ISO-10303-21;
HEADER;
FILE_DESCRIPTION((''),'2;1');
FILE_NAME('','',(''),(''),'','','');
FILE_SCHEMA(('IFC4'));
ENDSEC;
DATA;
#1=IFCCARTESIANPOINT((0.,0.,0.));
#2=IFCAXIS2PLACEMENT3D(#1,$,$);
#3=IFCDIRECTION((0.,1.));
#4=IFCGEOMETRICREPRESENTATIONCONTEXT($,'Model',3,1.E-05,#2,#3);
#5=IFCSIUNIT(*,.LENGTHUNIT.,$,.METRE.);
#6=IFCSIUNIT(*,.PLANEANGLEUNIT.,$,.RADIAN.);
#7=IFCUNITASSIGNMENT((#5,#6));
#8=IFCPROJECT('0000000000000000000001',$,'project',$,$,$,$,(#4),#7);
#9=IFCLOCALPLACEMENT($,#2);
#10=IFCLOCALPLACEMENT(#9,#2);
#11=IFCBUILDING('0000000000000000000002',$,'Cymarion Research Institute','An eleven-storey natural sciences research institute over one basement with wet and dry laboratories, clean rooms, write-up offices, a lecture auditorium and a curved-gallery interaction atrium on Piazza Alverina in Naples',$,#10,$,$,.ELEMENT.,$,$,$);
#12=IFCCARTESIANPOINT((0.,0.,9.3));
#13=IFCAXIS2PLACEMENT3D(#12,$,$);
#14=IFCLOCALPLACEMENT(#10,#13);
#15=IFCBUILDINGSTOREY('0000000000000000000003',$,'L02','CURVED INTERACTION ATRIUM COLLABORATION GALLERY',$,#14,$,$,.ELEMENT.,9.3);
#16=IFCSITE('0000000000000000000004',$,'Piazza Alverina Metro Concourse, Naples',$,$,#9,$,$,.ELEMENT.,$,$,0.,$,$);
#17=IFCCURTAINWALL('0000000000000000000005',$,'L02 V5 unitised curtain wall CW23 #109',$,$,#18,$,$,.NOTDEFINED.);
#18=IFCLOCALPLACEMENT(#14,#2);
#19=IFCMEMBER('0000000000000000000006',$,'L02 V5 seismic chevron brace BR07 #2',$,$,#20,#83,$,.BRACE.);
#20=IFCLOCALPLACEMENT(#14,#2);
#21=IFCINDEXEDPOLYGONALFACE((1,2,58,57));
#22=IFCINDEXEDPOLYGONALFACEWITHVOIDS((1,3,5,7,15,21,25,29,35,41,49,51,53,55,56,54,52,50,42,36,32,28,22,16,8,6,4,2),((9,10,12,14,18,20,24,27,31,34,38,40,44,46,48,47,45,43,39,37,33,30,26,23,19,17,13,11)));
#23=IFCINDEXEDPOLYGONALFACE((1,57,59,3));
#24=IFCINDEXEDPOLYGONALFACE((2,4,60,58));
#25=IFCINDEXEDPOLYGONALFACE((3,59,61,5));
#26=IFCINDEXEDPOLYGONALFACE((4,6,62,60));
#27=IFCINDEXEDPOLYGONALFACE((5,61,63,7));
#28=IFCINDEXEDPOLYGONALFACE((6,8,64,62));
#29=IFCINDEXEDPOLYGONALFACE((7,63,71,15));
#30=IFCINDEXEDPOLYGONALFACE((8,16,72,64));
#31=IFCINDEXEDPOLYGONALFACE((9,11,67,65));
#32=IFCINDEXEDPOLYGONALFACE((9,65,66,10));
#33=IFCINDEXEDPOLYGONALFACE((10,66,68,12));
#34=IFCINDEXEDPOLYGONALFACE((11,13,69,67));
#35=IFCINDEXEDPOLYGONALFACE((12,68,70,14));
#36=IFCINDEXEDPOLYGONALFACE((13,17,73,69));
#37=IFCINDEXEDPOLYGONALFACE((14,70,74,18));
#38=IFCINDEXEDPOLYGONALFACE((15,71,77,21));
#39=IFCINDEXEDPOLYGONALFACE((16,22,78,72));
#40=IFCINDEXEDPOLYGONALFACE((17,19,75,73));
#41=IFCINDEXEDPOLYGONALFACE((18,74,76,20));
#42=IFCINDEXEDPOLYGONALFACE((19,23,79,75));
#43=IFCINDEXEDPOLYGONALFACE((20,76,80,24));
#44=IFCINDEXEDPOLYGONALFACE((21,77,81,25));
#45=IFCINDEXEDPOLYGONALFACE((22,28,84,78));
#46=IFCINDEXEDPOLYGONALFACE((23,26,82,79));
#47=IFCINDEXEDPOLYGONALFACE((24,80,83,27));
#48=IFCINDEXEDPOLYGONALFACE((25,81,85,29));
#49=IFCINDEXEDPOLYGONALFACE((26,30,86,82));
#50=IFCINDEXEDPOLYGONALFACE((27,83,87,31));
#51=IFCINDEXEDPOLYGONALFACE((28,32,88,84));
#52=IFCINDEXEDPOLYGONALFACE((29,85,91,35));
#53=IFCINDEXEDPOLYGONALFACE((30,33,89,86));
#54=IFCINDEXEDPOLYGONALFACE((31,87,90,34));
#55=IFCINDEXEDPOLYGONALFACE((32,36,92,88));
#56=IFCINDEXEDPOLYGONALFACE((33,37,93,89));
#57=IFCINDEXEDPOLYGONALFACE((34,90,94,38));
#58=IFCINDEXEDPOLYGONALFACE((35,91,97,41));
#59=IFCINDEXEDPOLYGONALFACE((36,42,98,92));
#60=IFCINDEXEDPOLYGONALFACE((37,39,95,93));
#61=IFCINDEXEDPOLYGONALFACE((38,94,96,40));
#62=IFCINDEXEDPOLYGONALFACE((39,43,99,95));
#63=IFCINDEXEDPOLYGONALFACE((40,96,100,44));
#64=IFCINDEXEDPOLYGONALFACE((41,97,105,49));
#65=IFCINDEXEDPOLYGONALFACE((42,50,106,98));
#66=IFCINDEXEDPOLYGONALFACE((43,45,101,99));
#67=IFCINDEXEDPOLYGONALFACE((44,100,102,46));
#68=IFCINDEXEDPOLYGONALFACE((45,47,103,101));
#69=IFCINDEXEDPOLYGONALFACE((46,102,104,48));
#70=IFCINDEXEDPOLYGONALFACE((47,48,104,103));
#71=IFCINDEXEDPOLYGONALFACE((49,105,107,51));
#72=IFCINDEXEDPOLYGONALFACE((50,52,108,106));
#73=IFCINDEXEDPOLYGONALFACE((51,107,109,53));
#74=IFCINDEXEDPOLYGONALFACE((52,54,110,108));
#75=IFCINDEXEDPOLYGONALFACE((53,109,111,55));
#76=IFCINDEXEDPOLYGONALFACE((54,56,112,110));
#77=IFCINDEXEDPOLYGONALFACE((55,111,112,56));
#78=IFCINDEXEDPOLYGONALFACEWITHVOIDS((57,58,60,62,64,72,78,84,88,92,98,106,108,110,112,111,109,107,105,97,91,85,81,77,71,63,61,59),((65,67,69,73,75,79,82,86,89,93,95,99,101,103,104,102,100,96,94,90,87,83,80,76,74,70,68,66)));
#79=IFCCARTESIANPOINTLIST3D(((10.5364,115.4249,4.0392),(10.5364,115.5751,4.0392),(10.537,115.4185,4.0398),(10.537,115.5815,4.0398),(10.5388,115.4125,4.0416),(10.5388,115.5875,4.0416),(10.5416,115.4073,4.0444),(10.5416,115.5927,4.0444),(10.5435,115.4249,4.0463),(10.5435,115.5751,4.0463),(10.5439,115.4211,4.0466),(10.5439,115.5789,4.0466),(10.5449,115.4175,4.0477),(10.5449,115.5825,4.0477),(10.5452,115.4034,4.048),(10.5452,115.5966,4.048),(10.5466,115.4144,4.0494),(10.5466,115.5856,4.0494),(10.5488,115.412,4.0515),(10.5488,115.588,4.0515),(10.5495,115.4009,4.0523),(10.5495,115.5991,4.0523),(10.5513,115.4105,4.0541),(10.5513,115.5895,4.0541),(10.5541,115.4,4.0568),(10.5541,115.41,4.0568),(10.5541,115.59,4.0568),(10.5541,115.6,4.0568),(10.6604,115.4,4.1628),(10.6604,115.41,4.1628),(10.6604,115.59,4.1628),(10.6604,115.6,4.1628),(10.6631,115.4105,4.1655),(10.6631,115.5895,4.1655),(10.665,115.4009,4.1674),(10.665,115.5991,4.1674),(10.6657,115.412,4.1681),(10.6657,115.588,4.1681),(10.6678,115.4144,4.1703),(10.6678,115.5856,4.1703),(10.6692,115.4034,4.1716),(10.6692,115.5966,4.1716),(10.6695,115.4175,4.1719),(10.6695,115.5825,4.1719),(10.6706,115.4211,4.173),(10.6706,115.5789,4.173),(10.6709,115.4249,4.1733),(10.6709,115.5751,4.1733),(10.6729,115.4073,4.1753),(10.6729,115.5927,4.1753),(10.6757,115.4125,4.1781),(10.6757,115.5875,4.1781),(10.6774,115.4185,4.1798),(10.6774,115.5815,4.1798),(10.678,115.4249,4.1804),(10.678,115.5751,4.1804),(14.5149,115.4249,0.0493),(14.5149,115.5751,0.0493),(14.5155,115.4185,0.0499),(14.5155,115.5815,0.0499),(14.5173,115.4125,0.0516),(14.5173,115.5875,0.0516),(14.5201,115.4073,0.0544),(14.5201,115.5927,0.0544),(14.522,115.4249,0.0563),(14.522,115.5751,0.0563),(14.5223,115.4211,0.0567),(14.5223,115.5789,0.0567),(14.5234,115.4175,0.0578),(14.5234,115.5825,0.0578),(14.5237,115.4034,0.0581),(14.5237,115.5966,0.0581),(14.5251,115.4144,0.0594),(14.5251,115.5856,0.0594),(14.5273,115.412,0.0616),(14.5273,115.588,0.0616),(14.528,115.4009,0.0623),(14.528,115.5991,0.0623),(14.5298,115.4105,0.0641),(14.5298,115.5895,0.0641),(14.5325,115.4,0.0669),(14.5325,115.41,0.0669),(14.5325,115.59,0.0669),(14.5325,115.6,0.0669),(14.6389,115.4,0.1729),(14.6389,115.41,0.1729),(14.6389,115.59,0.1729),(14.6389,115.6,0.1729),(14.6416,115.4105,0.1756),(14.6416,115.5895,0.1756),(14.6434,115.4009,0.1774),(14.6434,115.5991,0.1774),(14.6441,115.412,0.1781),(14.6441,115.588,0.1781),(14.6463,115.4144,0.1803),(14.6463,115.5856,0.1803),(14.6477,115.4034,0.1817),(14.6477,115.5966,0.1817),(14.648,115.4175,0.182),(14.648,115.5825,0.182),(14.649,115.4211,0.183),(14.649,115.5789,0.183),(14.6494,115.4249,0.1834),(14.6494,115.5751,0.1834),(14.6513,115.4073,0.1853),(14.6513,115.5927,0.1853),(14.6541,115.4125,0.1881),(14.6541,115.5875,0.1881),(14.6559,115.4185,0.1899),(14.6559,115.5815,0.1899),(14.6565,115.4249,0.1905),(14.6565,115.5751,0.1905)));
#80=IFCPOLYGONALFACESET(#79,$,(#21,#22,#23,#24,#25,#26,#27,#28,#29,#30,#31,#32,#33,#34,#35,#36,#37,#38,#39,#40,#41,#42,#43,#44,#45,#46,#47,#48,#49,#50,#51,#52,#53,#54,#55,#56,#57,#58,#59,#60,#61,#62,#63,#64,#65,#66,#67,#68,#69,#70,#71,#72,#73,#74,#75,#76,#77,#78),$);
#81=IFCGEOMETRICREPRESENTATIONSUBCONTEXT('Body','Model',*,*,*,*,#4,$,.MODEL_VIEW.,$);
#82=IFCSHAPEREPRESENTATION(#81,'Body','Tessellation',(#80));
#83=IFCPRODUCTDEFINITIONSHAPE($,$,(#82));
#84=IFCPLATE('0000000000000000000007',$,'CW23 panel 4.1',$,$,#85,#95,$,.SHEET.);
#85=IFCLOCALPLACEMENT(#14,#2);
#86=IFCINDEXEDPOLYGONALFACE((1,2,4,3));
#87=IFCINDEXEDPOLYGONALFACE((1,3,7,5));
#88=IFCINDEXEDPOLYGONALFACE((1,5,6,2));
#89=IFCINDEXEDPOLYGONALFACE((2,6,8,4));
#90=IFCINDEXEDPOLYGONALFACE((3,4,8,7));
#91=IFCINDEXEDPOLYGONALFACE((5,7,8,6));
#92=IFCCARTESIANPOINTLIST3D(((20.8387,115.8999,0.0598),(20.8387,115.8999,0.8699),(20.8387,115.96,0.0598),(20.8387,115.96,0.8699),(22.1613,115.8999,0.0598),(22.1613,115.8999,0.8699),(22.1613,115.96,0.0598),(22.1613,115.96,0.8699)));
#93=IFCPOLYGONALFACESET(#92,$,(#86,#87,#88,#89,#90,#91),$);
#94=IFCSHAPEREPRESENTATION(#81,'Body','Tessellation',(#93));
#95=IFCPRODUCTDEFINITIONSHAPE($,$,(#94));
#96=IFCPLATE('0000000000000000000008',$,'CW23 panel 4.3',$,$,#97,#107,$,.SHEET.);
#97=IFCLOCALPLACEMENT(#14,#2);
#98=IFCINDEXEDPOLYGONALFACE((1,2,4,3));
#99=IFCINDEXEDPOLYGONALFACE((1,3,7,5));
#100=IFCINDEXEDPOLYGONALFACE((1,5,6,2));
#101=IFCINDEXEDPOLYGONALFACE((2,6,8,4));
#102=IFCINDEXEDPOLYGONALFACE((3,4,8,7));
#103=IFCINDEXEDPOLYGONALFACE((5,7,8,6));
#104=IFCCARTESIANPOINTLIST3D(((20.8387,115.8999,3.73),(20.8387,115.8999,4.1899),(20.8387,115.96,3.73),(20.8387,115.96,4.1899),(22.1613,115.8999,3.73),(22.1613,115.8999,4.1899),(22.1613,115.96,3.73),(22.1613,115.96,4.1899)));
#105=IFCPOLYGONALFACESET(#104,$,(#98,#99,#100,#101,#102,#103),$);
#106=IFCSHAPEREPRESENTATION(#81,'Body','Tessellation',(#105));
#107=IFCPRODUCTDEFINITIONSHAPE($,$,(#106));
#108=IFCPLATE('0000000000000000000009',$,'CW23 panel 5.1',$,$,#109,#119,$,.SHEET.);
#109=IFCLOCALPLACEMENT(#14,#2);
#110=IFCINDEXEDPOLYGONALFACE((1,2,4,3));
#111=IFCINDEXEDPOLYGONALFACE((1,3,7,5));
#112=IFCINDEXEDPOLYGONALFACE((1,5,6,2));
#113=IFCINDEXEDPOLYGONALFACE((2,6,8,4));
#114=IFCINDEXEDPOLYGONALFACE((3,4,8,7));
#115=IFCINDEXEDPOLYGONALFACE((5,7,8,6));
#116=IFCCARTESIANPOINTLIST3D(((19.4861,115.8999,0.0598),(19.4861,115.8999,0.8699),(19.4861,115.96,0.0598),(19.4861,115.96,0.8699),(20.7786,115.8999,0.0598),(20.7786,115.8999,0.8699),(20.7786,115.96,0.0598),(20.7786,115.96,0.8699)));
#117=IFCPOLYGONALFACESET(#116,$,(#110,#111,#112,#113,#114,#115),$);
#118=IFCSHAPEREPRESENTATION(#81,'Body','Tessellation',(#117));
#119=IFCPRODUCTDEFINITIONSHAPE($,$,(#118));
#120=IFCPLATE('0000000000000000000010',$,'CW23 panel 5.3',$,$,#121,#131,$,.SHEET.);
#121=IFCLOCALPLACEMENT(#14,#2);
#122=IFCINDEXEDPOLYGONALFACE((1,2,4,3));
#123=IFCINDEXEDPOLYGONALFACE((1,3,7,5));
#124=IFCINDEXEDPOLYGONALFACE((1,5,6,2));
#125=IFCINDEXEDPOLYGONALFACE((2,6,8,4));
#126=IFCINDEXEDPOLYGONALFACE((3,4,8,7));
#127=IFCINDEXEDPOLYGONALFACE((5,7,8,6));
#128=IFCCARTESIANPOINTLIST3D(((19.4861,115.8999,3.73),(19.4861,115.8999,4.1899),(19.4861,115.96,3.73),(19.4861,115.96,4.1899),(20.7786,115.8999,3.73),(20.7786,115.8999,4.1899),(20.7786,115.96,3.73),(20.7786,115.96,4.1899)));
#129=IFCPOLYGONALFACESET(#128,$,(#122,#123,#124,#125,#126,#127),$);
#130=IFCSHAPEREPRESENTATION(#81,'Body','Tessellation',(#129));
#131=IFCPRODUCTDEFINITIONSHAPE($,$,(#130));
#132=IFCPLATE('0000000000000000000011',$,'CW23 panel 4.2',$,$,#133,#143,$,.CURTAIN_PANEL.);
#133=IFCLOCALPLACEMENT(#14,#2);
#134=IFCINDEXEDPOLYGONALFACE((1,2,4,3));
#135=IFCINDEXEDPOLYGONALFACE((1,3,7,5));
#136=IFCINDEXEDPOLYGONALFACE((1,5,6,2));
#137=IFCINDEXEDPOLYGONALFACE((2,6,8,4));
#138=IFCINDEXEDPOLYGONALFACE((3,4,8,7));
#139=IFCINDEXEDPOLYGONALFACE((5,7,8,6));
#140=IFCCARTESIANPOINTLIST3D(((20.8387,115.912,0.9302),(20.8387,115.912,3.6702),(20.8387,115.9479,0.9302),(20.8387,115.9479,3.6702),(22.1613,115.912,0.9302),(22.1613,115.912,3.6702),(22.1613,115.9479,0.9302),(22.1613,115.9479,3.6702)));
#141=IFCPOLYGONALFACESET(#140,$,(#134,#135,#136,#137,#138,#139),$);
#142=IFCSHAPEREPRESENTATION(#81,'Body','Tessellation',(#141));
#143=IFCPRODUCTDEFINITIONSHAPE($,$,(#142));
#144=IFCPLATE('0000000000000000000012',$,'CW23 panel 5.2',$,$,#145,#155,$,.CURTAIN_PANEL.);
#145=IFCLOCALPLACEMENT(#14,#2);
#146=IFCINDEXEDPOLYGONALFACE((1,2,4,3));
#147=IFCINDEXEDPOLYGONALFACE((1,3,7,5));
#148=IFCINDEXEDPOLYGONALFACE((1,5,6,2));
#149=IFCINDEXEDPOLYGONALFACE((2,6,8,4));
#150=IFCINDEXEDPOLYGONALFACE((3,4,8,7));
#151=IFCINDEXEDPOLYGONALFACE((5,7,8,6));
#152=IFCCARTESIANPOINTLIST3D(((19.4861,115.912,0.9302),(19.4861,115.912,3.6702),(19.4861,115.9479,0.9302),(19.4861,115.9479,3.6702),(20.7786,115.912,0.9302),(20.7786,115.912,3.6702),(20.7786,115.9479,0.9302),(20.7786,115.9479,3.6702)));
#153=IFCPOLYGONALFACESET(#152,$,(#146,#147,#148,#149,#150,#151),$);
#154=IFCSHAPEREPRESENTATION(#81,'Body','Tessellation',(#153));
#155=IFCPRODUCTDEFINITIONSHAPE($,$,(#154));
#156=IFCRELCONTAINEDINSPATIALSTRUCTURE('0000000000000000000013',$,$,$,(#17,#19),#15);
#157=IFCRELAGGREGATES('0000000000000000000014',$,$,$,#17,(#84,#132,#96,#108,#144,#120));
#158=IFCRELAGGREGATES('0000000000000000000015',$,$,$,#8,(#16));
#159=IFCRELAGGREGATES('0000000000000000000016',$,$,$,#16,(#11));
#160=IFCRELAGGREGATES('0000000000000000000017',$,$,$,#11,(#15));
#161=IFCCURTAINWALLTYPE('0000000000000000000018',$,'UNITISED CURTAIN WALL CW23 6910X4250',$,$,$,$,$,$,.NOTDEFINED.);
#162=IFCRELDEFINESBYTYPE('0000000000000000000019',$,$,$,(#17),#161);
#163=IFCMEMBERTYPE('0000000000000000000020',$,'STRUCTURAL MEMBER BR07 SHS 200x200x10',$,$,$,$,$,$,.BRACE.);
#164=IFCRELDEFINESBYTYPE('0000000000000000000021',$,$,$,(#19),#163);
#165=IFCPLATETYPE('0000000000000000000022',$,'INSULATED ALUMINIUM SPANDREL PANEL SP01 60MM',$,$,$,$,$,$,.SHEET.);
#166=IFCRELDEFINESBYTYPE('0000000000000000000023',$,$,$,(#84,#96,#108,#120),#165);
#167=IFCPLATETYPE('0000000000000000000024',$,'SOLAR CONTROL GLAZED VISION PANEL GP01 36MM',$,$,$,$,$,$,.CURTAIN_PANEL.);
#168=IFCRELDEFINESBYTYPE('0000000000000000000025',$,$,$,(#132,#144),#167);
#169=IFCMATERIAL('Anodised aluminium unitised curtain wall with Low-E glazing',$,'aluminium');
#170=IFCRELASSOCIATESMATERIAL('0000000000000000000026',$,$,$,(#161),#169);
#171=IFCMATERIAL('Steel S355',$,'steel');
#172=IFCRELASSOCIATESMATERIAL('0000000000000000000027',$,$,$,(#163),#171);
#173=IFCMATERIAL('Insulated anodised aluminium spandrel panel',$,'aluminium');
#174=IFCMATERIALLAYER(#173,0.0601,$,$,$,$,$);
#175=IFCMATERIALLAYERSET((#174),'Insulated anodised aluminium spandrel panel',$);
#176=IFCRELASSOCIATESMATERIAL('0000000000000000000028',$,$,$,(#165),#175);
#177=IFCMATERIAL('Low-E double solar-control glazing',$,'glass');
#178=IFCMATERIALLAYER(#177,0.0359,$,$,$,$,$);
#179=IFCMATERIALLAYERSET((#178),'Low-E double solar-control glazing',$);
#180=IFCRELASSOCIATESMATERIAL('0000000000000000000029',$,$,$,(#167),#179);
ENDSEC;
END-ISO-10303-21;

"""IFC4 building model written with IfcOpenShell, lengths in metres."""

from ifc_helpers import new_model, si_unit, direction, frame, origin, origin_2d, place, context, subcontext, project, spatial, rectangle, hollow_rectangle, extrude, material, layer, layer_set, material_profile, profile_set, type_object, element, aggregate, save


model = new_model("IFC4")

# Units and contexts
model_context = context("Model", 3, precision=1e-05, world=origin(), true_north=direction((0.0, 1.0)))
body_context = subcontext(model_context, "Body", "Model", "MODEL_VIEW")
ifc_project = project(units=[si_unit("LENGTHUNIT", "METRE"), si_unit("PLANEANGLEUNIT", "RADIAN")], contexts=[model_context])

# Site, building, storey
site_placement = place(None, origin())
site = spatial("IfcSite", under=ifc_project, at=site_placement, Name="Piazza Alverina Metro Concourse, Naples", CompositionType="ELEMENT", RefElevation=0.0)
building_placement = place(site_placement, origin())
building = spatial("IfcBuilding", under=site, at=building_placement, Name="Cymarion Research Institute", Description="An eleven-storey natural sciences research institute over one basement with wet and dry laboratories, clean rooms, write-up offices, a lecture auditorium and a curved-gallery interaction atrium on Piazza Alverina in Naples", CompositionType="ELEMENT")
storey_placement = place(building_placement, frame((0.0, 0.0, 9.3)))
storey = spatial("IfcBuildingStorey", under=building, at=storey_placement, Name="L02", Description="CURVED INTERACTION ATRIUM COLLABORATION GALLERY", CompositionType="ELEMENT", Elevation=9.3)

# Shared definitions
ifc_material_1 = material(Name="Steel S355", Category="steel")

# Curtain wall
ifc_material_2 = material(Name="Anodised aluminium unitised curtain wall with Low-E glazing", Category="aluminium")
curtain_wall_type = type_object("IfcCurtainWallType", Name="UNITISED CURTAIN WALL CW23 6910X4250", PredefinedType="NOTDEFINED", material=ifc_material_2)
curtain_wall_placement = place(storey_placement, origin())
curtain_wall = element("IfcCurtainWall", 1, at=curtain_wall_placement, inside=storey, type_object=curtain_wall_type, Name="L02 V5 unitised curtain wall CW23 #109", PredefinedType="NOTDEFINED")

# Member
ifc_material_profile_1 = material_profile(ifc_material_1, hollow_rectangle(XDim=0.2, YDim=0.2, WallThickness=0.01, InnerFilletRadius=0.0149, OuterFilletRadius=0.0249, at=origin_2d()), Name="SHS 200x200x10")
ifc_profile_set_1 = profile_set([ifc_material_profile_1], Name="Steel S355")
member_type_1 = type_object("IfcMemberType", Name="STRUCTURAL MEMBER BR07 SHS 200x200x10", PredefinedType="BRACE", material=ifc_profile_set_1)
member_1_placement = place(storey_placement, frame((14.5857, 115.5, 0.1199), z_axis=(-0.706088, 0.0, 0.708124), x_axis=(0.0, -1.0, 0.0)))
element("IfcMember", 2, at=member_1_placement, inside=storey, type_object=member_type_1, Name="L02 V5 seismic chevron brace BR07 #2", PredefinedType="BRACE", context=body_context, shape_type="SweptSolid", body=[
    extrude(hollow_rectangle(XDim=0.2, YDim=0.2, WallThickness=0.01, InnerFilletRadius=0.0149, OuterFilletRadius=0.0249, at=origin_2d()), origin(), (0.0, 0.0, 1.0), 5.6345),
])

# Plates
ifc_material_3 = material(Name="Insulated anodised aluminium spandrel panel", Category="aluminium")
ifc_layer_1 = layer(ifc_material_3, 0.0601)
ifc_layer_set_1 = layer_set([ifc_layer_1], Name="Insulated anodised aluminium spandrel panel")
plate_type_1 = type_object("IfcPlateType", Name="INSULATED ALUMINIUM SPANDREL PANEL SP01 60MM", PredefinedType="SHEET", material=ifc_layer_set_1)
plate_1_placement = place(storey_placement, frame((21.5, 115.9299, 0.0598), z_axis=(0.0, 0.0, 1.0), x_axis=(-1.0, 0.0, 0.0)))
plate_1 = element("IfcPlate", 3, at=plate_1_placement, type_object=plate_type_1, Name="CW23 panel 4.1", PredefinedType="SHEET", context=body_context, shape_type="SweptSolid", body=[
    extrude(rectangle(XDim=1.3225, YDim=0.0601, at=origin_2d()), origin(), (0.0, 0.0, 1.0), 0.8101),
])
plate_2_placement = place(storey_placement, frame((21.5, 115.9299, 3.73), z_axis=(0.0, 0.0, 1.0), x_axis=(-1.0, 0.0, 0.0)))
plate_2 = element("IfcPlate", 4, at=plate_2_placement, type_object=plate_type_1, Name="CW23 panel 4.3", PredefinedType="SHEET", context=body_context, shape_type="SweptSolid", body=[
    extrude(rectangle(XDim=1.3225, YDim=0.0601, at=origin_2d()), origin(), (0.0, 0.0, 1.0), 0.46),
])
plate_3_placement = place(storey_placement, frame((20.1323, 115.9299, 0.0598), z_axis=(0.0, 0.0, 1.0), x_axis=(-1.0, 0.0, 0.0)))
plate_3 = element("IfcPlate", 5, at=plate_3_placement, type_object=plate_type_1, Name="CW23 panel 5.1", PredefinedType="SHEET", context=body_context, shape_type="SweptSolid", body=[
    extrude(rectangle(XDim=1.2925, YDim=0.0601, at=origin_2d()), origin(), (0.0, 0.0, 1.0), 0.8101),
])
plate_4_placement = place(storey_placement, frame((20.1323, 115.9299, 3.73), z_axis=(0.0, 0.0, 1.0), x_axis=(-1.0, 0.0, 0.0)))
plate_4 = element("IfcPlate", 6, at=plate_4_placement, type_object=plate_type_1, Name="CW23 panel 5.3", PredefinedType="SHEET", context=body_context, shape_type="SweptSolid", body=[
    extrude(rectangle(XDim=1.2925, YDim=0.0601, at=origin_2d()), origin(), (0.0, 0.0, 1.0), 0.46),
])
ifc_material_4 = material(Name="Low-E double solar-control glazing", Category="glass")
ifc_layer_2 = layer(ifc_material_4, 0.0359)
ifc_layer_set_2 = layer_set([ifc_layer_2], Name="Low-E double solar-control glazing")
plate_type_2 = type_object("IfcPlateType", Name="SOLAR CONTROL GLAZED VISION PANEL GP01 36MM", PredefinedType="CURTAIN_PANEL", material=ifc_layer_set_2)
plate_5_placement = place(storey_placement, frame((21.5, 115.9299, 0.9302), z_axis=(0.0, 0.0, 1.0), x_axis=(-1.0, 0.0, 0.0)))
plate_5 = element("IfcPlate", 7, at=plate_5_placement, type_object=plate_type_2, Name="CW23 panel 4.2", PredefinedType="CURTAIN_PANEL", context=body_context, shape_type="SweptSolid", body=[
    extrude(rectangle(XDim=1.3225, YDim=0.0359, at=origin_2d()), origin(), (0.0, 0.0, 1.0), 2.74),
])
plate_6_placement = place(storey_placement, frame((20.1323, 115.9299, 0.9302), z_axis=(0.0, 0.0, 1.0), x_axis=(-1.0, 0.0, 0.0)))
plate_6 = element("IfcPlate", 8, at=plate_6_placement, type_object=plate_type_2, Name="CW23 panel 5.2", PredefinedType="CURTAIN_PANEL", context=body_context, shape_type="SweptSolid", body=[
    extrude(rectangle(XDim=1.2925, YDim=0.0359, at=origin_2d()), origin(), (0.0, 0.0, 1.0), 2.74),
])
aggregate(curtain_wall, [plate_1, plate_5, plate_2, plate_3, plate_6, plate_4])

save(model, "model.ifc")
